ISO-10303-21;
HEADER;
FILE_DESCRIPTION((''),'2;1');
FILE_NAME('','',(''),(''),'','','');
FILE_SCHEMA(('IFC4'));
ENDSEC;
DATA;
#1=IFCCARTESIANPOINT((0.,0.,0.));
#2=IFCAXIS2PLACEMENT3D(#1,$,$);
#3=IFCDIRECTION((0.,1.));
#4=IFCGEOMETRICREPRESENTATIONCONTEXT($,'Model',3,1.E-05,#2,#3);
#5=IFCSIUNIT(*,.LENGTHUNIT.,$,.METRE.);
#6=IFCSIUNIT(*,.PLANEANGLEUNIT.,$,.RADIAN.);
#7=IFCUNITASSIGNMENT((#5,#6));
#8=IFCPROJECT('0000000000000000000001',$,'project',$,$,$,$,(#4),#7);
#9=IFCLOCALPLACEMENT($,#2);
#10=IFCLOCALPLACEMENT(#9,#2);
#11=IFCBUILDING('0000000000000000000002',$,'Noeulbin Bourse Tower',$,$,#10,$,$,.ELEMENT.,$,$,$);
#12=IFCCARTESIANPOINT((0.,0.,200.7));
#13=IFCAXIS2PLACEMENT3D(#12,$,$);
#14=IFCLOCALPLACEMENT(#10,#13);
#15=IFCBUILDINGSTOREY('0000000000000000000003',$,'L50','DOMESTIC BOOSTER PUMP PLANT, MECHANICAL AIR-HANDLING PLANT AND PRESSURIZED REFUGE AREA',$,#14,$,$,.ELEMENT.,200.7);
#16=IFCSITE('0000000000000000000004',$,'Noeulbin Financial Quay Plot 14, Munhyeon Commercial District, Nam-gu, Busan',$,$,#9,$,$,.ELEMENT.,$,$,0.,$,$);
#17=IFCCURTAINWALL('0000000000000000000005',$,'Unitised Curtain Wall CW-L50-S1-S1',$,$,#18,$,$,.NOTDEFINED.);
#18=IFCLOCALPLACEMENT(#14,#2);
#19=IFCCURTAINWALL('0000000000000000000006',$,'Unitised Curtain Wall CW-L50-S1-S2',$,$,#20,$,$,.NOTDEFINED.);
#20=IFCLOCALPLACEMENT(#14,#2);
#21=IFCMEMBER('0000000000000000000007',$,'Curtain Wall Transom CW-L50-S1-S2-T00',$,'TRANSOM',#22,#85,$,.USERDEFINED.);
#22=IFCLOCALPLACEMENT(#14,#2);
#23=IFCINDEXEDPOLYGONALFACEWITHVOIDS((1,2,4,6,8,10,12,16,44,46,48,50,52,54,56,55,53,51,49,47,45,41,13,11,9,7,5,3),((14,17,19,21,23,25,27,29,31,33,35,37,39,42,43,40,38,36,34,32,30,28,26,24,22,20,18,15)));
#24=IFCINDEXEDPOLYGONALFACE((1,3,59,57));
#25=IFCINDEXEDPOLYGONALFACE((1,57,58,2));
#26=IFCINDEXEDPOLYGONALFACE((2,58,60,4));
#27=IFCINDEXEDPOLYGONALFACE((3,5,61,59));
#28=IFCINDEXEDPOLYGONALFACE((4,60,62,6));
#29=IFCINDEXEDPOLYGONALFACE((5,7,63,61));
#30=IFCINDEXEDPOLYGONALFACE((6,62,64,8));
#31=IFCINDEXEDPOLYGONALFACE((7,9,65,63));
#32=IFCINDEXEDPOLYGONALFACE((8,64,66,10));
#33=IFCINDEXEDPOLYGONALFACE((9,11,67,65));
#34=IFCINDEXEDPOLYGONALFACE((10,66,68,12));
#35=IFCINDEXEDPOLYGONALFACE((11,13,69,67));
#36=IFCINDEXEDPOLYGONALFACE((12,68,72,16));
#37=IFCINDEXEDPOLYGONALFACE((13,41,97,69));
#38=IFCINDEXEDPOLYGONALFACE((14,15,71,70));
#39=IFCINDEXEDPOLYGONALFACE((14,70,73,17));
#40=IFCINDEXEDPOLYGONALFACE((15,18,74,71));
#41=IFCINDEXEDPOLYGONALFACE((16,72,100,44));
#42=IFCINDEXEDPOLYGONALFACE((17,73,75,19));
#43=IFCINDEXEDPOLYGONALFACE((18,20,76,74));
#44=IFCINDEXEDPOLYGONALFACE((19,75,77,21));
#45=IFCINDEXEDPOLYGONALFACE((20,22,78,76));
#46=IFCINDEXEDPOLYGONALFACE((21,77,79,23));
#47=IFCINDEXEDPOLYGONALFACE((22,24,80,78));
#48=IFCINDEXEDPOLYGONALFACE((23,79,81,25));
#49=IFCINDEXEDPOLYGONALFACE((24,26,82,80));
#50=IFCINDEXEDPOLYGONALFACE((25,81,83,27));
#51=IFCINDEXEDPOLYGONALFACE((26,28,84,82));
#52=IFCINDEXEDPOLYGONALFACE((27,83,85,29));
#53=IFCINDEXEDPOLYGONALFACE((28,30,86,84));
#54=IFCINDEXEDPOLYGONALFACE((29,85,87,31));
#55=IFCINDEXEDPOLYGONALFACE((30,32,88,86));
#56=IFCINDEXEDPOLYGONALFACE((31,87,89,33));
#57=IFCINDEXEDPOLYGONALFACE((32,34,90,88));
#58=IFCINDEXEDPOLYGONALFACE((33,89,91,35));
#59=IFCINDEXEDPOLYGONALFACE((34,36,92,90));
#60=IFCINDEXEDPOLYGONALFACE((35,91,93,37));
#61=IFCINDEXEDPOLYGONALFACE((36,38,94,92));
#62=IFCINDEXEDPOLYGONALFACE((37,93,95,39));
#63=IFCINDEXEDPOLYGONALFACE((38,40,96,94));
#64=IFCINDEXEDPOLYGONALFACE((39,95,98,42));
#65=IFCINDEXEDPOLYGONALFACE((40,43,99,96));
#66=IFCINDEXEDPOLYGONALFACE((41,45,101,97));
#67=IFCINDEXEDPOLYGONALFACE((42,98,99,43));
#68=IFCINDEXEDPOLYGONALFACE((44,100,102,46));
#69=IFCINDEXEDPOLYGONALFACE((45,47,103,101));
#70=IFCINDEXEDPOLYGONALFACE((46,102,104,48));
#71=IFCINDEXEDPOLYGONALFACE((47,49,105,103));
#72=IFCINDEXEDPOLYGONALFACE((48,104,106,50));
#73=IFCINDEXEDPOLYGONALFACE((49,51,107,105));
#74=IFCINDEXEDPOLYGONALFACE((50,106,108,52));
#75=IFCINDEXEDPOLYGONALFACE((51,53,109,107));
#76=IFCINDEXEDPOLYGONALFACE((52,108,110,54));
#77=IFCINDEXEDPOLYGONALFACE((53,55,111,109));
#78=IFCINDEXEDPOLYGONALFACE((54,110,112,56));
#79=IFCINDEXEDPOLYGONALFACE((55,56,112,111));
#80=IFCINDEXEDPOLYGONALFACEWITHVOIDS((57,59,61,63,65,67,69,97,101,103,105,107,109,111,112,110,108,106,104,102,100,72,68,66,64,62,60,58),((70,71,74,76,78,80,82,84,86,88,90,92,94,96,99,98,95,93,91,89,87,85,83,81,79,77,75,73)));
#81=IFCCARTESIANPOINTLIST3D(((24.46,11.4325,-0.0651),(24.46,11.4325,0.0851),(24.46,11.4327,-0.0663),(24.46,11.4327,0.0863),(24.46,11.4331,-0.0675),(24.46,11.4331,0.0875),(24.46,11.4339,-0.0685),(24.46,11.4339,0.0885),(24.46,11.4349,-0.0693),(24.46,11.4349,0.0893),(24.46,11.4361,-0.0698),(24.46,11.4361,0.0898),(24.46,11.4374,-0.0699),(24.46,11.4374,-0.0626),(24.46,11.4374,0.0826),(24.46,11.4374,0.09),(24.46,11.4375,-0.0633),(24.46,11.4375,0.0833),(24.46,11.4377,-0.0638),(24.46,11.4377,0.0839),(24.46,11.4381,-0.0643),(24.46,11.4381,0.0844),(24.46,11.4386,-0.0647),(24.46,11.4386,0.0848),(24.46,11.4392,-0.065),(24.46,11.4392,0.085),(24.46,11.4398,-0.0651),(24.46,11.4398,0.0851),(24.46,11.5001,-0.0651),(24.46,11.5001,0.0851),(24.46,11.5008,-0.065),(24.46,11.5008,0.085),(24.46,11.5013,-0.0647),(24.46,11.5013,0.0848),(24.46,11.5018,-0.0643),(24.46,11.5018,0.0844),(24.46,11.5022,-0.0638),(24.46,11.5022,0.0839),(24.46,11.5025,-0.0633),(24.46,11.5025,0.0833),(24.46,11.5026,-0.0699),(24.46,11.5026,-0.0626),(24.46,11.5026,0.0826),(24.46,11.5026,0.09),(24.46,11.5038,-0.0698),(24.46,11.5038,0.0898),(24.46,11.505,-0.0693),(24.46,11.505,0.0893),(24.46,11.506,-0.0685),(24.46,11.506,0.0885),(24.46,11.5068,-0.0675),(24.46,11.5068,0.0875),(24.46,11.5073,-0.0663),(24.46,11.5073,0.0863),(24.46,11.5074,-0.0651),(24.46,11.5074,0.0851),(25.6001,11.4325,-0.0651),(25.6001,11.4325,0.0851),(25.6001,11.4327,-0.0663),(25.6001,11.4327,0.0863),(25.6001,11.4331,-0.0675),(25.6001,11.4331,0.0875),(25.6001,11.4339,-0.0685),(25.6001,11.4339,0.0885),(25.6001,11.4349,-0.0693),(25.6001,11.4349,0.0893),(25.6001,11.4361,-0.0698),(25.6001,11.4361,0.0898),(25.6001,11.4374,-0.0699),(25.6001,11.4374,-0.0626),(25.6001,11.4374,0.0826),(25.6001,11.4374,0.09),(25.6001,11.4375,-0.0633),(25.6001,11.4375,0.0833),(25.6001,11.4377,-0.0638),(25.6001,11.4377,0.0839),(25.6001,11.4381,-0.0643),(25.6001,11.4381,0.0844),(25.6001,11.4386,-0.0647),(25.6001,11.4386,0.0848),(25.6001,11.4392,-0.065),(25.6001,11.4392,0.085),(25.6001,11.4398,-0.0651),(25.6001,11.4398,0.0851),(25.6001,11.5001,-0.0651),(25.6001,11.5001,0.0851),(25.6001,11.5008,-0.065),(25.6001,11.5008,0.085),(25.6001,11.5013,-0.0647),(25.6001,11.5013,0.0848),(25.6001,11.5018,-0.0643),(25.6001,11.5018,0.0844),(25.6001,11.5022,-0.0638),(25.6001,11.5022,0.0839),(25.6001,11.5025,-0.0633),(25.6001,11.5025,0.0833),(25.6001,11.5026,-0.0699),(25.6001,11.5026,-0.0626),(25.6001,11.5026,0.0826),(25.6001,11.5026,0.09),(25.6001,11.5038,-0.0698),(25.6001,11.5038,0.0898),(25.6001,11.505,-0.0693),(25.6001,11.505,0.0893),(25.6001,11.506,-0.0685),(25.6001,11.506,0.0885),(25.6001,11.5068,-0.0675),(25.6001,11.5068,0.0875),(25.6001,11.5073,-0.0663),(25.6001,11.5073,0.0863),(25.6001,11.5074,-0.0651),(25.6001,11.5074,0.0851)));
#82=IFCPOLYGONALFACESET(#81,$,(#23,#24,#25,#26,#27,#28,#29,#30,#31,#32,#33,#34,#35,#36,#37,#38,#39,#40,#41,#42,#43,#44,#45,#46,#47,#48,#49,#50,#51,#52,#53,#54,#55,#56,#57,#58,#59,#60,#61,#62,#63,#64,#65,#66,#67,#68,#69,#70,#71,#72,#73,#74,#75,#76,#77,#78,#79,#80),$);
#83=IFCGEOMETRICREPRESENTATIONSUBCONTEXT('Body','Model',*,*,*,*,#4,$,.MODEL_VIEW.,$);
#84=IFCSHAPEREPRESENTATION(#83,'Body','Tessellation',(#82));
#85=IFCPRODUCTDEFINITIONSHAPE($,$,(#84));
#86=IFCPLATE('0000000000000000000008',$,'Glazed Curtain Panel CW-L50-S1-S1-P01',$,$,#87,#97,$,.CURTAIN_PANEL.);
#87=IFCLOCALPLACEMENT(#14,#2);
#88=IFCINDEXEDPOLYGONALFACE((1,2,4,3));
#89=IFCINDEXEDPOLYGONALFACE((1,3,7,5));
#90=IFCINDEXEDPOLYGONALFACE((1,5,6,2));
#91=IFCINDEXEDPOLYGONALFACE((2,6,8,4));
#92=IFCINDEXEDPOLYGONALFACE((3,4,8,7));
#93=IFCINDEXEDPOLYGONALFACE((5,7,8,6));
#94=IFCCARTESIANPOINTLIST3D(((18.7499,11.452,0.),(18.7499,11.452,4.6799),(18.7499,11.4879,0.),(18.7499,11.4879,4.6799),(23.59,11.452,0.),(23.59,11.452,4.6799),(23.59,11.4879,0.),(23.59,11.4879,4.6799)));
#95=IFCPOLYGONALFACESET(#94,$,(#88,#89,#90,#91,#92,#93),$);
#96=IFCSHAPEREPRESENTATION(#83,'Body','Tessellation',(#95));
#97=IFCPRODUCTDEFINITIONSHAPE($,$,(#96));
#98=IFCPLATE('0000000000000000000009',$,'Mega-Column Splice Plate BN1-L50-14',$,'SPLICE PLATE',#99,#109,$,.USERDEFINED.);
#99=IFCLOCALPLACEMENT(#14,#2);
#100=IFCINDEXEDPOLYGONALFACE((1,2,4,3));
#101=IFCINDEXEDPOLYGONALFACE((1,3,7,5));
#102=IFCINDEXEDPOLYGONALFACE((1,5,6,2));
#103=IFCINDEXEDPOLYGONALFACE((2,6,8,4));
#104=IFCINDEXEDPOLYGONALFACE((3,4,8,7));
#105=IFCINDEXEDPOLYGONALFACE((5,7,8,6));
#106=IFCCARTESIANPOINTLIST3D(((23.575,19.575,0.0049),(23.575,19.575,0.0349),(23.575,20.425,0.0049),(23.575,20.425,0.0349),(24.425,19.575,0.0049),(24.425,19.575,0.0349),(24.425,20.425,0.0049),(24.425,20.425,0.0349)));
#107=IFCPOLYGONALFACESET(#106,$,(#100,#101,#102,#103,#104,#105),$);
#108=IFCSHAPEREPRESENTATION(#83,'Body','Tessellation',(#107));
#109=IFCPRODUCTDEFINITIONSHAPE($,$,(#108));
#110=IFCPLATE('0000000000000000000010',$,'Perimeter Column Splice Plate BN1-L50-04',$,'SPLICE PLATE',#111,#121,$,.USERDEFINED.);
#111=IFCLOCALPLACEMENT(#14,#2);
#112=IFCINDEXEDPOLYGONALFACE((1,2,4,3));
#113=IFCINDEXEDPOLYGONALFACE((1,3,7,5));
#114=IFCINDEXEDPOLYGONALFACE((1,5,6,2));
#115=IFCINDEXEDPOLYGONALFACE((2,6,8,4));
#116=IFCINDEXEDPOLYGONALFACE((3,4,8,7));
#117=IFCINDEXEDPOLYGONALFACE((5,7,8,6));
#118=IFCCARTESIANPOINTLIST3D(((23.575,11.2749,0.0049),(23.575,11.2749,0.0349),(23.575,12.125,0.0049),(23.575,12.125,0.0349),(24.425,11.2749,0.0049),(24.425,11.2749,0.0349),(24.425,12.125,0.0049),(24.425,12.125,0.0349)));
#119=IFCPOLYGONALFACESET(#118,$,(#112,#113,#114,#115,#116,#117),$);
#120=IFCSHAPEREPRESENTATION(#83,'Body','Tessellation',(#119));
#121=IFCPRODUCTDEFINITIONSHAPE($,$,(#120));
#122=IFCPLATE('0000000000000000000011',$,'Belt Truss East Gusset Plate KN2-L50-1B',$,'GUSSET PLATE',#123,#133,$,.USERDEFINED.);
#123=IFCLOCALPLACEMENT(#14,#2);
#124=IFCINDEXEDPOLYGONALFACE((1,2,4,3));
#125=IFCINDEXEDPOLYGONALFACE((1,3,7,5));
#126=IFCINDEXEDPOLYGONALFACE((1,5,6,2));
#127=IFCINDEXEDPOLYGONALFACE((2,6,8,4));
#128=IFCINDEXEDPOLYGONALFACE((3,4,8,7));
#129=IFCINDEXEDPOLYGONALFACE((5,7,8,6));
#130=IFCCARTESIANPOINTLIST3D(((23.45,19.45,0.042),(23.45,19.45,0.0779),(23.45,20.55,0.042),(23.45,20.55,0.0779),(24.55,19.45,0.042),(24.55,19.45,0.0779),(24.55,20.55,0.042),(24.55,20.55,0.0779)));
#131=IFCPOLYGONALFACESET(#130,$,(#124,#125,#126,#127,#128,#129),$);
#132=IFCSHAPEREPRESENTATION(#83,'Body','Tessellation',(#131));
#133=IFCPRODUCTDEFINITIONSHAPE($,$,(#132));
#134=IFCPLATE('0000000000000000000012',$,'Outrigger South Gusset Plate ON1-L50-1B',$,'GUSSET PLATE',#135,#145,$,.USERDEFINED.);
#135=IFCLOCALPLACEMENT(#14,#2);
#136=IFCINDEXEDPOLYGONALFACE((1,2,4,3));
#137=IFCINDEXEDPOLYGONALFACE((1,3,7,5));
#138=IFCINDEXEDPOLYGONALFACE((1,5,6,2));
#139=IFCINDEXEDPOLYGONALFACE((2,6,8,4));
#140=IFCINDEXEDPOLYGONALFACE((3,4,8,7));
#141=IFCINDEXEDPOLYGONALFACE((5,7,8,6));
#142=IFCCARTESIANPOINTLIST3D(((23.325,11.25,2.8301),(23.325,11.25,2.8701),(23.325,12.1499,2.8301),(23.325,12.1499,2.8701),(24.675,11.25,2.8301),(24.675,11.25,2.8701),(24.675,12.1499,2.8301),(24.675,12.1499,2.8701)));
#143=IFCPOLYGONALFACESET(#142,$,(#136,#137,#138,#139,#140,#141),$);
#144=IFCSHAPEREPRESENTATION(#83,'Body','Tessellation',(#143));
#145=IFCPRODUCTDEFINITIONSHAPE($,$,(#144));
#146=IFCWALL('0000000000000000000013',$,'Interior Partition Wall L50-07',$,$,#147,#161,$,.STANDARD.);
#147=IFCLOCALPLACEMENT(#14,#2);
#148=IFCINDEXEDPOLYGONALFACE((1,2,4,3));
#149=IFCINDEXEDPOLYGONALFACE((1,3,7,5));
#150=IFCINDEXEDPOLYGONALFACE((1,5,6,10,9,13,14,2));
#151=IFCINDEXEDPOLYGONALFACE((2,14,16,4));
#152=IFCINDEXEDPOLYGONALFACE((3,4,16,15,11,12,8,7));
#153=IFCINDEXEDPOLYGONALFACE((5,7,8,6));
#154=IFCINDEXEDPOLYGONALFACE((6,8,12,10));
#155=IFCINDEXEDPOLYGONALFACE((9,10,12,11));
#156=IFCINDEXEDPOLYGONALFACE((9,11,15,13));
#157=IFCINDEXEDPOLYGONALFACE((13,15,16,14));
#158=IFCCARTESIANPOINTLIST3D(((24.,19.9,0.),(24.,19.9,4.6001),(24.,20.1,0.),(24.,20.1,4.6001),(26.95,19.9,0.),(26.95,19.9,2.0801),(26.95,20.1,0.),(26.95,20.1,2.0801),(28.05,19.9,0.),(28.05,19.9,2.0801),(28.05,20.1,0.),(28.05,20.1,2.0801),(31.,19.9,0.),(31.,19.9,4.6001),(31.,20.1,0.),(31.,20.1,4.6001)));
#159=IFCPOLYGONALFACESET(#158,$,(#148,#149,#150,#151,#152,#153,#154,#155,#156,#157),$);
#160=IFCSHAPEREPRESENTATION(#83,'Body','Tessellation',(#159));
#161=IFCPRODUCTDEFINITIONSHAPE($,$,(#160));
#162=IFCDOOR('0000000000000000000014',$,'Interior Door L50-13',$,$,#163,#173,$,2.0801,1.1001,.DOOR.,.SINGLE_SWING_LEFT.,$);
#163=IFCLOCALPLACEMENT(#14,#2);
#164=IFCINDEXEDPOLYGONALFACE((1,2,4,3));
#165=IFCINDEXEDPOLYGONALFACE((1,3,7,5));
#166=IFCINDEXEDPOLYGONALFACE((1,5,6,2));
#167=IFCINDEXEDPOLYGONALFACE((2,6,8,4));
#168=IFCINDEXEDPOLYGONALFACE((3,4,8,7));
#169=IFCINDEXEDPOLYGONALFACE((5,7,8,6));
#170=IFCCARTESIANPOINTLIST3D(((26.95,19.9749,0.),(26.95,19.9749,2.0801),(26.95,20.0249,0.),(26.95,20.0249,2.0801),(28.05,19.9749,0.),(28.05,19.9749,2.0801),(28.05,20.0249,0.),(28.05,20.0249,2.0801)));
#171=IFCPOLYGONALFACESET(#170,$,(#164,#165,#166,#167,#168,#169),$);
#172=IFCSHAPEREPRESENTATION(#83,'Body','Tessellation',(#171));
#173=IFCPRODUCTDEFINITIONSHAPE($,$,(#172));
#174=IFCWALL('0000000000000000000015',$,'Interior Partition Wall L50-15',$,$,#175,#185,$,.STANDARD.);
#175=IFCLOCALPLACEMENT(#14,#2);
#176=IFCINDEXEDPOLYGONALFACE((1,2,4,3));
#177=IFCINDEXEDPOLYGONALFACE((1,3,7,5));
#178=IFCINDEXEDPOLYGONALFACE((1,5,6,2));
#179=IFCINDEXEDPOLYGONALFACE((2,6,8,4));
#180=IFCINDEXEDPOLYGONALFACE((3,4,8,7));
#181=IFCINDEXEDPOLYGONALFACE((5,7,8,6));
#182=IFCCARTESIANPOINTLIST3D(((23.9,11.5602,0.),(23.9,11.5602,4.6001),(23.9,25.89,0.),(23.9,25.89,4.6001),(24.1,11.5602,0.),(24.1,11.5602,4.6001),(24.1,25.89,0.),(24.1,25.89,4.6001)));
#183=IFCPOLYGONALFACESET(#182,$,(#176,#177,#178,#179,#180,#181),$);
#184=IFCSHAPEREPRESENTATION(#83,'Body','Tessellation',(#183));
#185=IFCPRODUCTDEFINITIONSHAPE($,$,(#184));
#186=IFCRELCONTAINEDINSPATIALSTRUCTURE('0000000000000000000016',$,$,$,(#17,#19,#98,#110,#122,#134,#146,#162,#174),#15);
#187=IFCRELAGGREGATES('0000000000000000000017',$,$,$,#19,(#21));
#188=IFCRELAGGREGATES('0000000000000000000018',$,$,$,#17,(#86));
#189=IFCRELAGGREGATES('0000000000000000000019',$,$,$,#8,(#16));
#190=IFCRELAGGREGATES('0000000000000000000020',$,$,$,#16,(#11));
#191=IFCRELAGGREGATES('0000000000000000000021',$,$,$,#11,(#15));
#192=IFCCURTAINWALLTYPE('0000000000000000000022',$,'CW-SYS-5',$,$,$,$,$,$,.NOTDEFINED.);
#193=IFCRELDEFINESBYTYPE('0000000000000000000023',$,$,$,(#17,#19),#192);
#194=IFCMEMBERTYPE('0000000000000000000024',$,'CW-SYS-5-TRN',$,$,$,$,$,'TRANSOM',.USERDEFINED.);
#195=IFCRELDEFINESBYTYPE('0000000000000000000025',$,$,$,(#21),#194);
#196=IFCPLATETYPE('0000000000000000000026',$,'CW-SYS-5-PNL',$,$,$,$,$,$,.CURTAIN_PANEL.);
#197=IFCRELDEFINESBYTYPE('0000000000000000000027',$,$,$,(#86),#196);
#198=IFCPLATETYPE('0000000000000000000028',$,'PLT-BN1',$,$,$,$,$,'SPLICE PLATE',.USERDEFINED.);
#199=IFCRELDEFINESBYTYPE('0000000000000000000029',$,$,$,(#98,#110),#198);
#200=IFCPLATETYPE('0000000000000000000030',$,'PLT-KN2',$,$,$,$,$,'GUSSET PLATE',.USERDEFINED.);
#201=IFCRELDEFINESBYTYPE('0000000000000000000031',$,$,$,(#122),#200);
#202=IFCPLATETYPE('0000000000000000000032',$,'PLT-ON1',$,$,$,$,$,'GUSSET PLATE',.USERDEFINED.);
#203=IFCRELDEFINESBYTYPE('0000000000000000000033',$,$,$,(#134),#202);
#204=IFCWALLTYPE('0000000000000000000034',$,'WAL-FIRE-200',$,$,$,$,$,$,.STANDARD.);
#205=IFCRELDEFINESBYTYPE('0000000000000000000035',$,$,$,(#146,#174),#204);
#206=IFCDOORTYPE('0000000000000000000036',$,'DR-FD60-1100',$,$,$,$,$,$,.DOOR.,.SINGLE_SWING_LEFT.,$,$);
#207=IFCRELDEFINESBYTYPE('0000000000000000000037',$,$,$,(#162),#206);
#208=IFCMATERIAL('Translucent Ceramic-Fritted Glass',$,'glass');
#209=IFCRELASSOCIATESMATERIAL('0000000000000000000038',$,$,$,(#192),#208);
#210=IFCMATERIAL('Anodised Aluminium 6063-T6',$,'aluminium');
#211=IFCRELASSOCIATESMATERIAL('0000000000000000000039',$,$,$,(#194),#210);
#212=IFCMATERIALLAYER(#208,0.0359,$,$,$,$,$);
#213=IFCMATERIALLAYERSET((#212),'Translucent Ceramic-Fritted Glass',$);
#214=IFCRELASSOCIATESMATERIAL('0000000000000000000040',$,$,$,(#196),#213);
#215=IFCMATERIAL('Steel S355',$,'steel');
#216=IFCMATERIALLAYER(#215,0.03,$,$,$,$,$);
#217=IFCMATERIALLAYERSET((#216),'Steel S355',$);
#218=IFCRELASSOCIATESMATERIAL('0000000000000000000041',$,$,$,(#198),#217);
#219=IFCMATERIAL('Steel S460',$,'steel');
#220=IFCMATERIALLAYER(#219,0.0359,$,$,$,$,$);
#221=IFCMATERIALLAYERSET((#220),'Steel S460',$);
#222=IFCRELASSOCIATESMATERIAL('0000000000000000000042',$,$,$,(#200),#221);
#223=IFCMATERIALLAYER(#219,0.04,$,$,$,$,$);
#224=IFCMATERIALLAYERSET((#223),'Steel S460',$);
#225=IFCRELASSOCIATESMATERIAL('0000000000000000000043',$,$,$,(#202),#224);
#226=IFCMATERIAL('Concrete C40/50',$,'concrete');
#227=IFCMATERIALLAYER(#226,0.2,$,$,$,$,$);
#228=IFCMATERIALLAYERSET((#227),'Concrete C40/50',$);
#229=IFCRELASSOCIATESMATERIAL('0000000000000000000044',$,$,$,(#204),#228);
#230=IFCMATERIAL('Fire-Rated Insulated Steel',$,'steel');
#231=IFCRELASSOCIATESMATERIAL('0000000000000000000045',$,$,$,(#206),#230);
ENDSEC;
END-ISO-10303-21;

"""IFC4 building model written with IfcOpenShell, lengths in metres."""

from ifc_helpers import new_model, si_unit, direction, frame, frame_2d, origin, origin_2d, place, context, subcontext, project, spatial, rectangle, hollow_rectangle, extrude, material, layer, layer_set, material_profile, profile_set, type_object, element, fill, aggregate, save


model = new_model("IFC4")

# Units and contexts
model_context = context("Model", 3, precision=1e-05, world=origin(), true_north=direction((0.0, 1.0)))
body_context = subcontext(model_context, "Body", "Model", "MODEL_VIEW")
ifc_project = project(units=[si_unit("LENGTHUNIT", "METRE"), si_unit("PLANEANGLEUNIT", "RADIAN")], contexts=[model_context])

# Site, building, storey
site_placement = place(None, origin())
site = spatial("IfcSite", under=ifc_project, at=site_placement, Name="Noeulbin Financial Quay Plot 14, Munhyeon Commercial District, Nam-gu, Busan", CompositionType="ELEMENT", RefElevation=0.0)
building_placement = place(site_placement, origin())
building = spatial("IfcBuilding", under=site, at=building_placement, Name="Noeulbin Bourse Tower", CompositionType="ELEMENT")
storey_placement = place(building_placement, frame((0.0, 0.0, 200.7)))
storey = spatial("IfcBuildingStorey", under=building, at=storey_placement, Name="L50", Description="DOMESTIC BOOSTER PUMP PLANT, MECHANICAL AIR-HANDLING PLANT AND PRESSURIZED REFUGE AREA", CompositionType="ELEMENT", Elevation=200.7)

# Shared definitions
ifc_material_1 = material(Name="Steel S355", Category="steel")
ifc_material_2 = material(Name="Steel S460", Category="steel")

# Curtain wall
ifc_material_3 = material(Name="Translucent Ceramic-Fritted Glass", Category="glass")
curtain_wall_type = type_object("IfcCurtainWallType", Name="CW-SYS-5", PredefinedType="NOTDEFINED", material=ifc_material_3)
curtain_wall_1_placement = place(storey_placement, origin())
curtain_wall_1 = element("IfcCurtainWall", 1, at=curtain_wall_1_placement, inside=storey, type_object=curtain_wall_type, Name="Unitised Curtain Wall CW-L50-S1-S1", PredefinedType="NOTDEFINED")
ifc_material_4 = material(Name="Anodised Aluminium 6063-T6", Category="aluminium")

# Curtain wall, member
curtain_wall_2_placement = place(storey_placement, origin())
curtain_wall_2 = element("IfcCurtainWall", 2, at=curtain_wall_2_placement, inside=storey, type_object=curtain_wall_type, Name="Unitised Curtain Wall CW-L50-S1-S2", PredefinedType="NOTDEFINED")
ifc_material_profile_1 = material_profile(ifc_material_4, hollow_rectangle(XDim=0.075, YDim=0.1599, WallThickness=0.0049, InnerFilletRadius=0.0024, OuterFilletRadius=0.0049, at=origin_2d()), Name="ALU-TRAN-75x160x5", Category="LoadBearing")
ifc_profile_set_1 = profile_set([ifc_material_profile_1], Name="Anodised Aluminium 6063-T6")
member_type_1 = type_object("IfcMemberType", Name="CW-SYS-5-TRN", ElementType="TRANSOM", PredefinedType="USERDEFINED", material=ifc_profile_set_1)
member_1_placement = place(storey_placement, frame((24.46, 11.47, 0.01), z_axis=(1.0, 0.0, 0.0), x_axis=(0.0, 1.0, 0.0)))
member_1 = element("IfcMember", 3, at=member_1_placement, type_object=member_type_1, Name="Curtain Wall Transom CW-L50-S1-S2-T00", ObjectType="TRANSOM", PredefinedType="USERDEFINED", context=body_context, shape_type="SweptSolid", body=[
    extrude(hollow_rectangle(XDim=0.075, YDim=0.1599, WallThickness=0.0049, InnerFilletRadius=0.0024, OuterFilletRadius=0.0049, at=origin_2d()), origin(), (0.0, 0.0, 1.0), 1.1401),
])
aggregate(curtain_wall_2, [member_1])

# Plate
ifc_layer_1 = layer(ifc_material_3, 0.0359)
ifc_layer_set_1 = layer_set([ifc_layer_1], Name="Translucent Ceramic-Fritted Glass")
plate_type_1 = type_object("IfcPlateType", Name="CW-SYS-5-PNL", PredefinedType="CURTAIN_PANEL", material=ifc_layer_set_1)
plate_1_placement = place(storey_placement, frame((21.1699, 11.47, 0.0), z_axis=(0.0, 0.0, 1.0), x_axis=(1.0, 0.0, 0.0)))
plate_1 = element("IfcPlate", 4, at=plate_1_placement, type_object=plate_type_1, Name="Glazed Curtain Panel CW-L50-S1-S1-P01", PredefinedType="CURTAIN_PANEL", context=body_context, shape_type="SweptSolid", body=[
    extrude(rectangle(XDim=4.8401, YDim=0.0359, at=origin_2d()), origin(), (0.0, 0.0, 1.0), 4.6799),
])
aggregate(curtain_wall_1, [plate_1])

# Plates
ifc_layer_2 = layer(ifc_material_1, 0.03)
ifc_layer_set_2 = layer_set([ifc_layer_2], Name="Steel S355")
plate_type_2 = type_object("IfcPlateType", Name="PLT-BN1", ElementType="SPLICE PLATE", PredefinedType="USERDEFINED", material=ifc_layer_set_2)
for number, where, z_axis, x_axis, name in (
    (5, (24.0, 20.0, 0.0049), (0.0, 0.0, 1.0), (1.0, 0.0, 0.0), "Mega-Column Splice Plate BN1-L50-14"),
    (6, (24.0, 11.7, 0.0049), (0.0, 0.0, 1.0), (1.0, 0.0, 0.0), "Perimeter Column Splice Plate BN1-L50-04"),
):
    element("IfcPlate", number, at=place(storey_placement, frame(where, z_axis=z_axis, x_axis=x_axis)), inside=storey, type_object=plate_type_2, Name=name, ObjectType="SPLICE PLATE", PredefinedType="USERDEFINED", context=body_context, shape_type="SweptSolid", body=[
        extrude(rectangle(XDim=0.8501, YDim=0.8501, at=origin_2d()), origin(), (0.0, 0.0, 1.0), 0.03),
    ])
ifc_layer_3 = layer(ifc_material_2, 0.0359)
ifc_layer_set_3 = layer_set([ifc_layer_3], Name="Steel S460")
plate_type_3 = type_object("IfcPlateType", Name="PLT-KN2", ElementType="GUSSET PLATE", PredefinedType="USERDEFINED", material=ifc_layer_set_3)
plate_2_placement = place(storey_placement, frame((24.0, 20.0, 0.042), z_axis=(0.0, 0.0, 1.0), x_axis=(1.0, 0.0, 0.0)))
element("IfcPlate", 7, at=plate_2_placement, inside=storey, type_object=plate_type_3, Name="Belt Truss East Gusset Plate KN2-L50-1B", ObjectType="GUSSET PLATE", PredefinedType="USERDEFINED", context=body_context, shape_type="SweptSolid", body=[
    extrude(rectangle(XDim=1.1001, YDim=1.1001, at=origin_2d()), origin(), (0.0, 0.0, 1.0), 0.0359),
])
ifc_layer_4 = layer(ifc_material_2, 0.04)
ifc_layer_set_4 = layer_set([ifc_layer_4], Name="Steel S460")
plate_type_4 = type_object("IfcPlateType", Name="PLT-ON1", ElementType="GUSSET PLATE", PredefinedType="USERDEFINED", material=ifc_layer_set_4)
plate_3_placement = place(storey_placement, frame((24.0, 11.7, 2.8301), z_axis=(0.0, 0.0, 1.0), x_axis=(1.0, 0.0, 0.0)))
element("IfcPlate", 8, at=plate_3_placement, inside=storey, type_object=plate_type_4, Name="Outrigger South Gusset Plate ON1-L50-1B", ObjectType="GUSSET PLATE", PredefinedType="USERDEFINED", context=body_context, shape_type="SweptSolid", body=[
    extrude(rectangle(XDim=1.3501, YDim=0.8999, at=origin_2d()), origin(), (0.0, 0.0, 1.0), 0.04),
])

# Wall, opening, door
ifc_material_5 = material(Name="Concrete C40/50", Category="concrete")
ifc_layer_5 = layer(ifc_material_5, 0.2)
ifc_layer_set_5 = layer_set([ifc_layer_5], Name="Concrete C40/50")
wall_type = type_object("IfcWallType", Name="WAL-FIRE-200", PredefinedType="STANDARD", material=ifc_layer_set_5)
wall_1_placement = place(storey_placement, frame((24.0, 20.0, 0.0), z_axis=(0.0, 0.0, 1.0), x_axis=(1.0, 0.0, 0.0)))
wall_1 = element("IfcWall", 9, at=wall_1_placement, inside=storey, type_object=wall_type, Name="Interior Partition Wall L50-07", PredefinedType="STANDARD", context=body_context, shape_type="SweptSolid", body=[
    extrude(rectangle(XDim=7.0, YDim=0.2, at=frame_2d((3.5, 0.0))), origin(), (0.0, 0.0, 1.0), 4.6001),
])
opening_placement = place(wall_1_placement, frame((2.95, 0.0, 0.0)))
opening = element("IfcOpeningElement", 10, at=opening_placement, cuts=wall_1, PredefinedType="OPENING", context=body_context, shape_type="SweptSolid", body=[
    extrude(rectangle(XDim=1.1001, YDim=2.0801, at=frame_2d((0.55, 1.04))), frame((0.0, 0.1099, 0.0), z_axis=(0.0, -1.0, 0.0), x_axis=(1.0, 0.0, 0.0)), (0.0, 0.0, 1.0), 0.22),
])
ifc_material_6 = material(Name="Fire-Rated Insulated Steel", Category="steel")
door_type = type_object("IfcDoorType", Name="DR-FD60-1100", OperationType="SINGLE_SWING_LEFT", PredefinedType="DOOR", material=ifc_material_6)
door_placement = place(opening_placement, origin())
door = element("IfcDoor", 11, at=door_placement, inside=storey, type_object=door_type, Name="Interior Door L50-13", OperationType="SINGLE_SWING_LEFT", OverallHeight=2.0801, OverallWidth=1.1001, PredefinedType="DOOR", context=body_context, shape_type="SweptSolid", body=[
    extrude(rectangle(XDim=1.1001, YDim=2.0801, at=frame_2d((0.55, 1.04))), frame((0.0, 0.0249, 0.0), z_axis=(0.0, -1.0, 0.0), x_axis=(1.0, 0.0, 0.0)), (0.0, 0.0, 1.0), 0.05),
])
fill(opening, door)

# Wall
wall_2_placement = place(storey_placement, frame((24.0, 11.5601, 0.0), z_axis=(0.0, 0.0, 1.0), x_axis=(0.0, 1.0, 0.0)))
element("IfcWall", 12, at=wall_2_placement, inside=storey, type_object=wall_type, Name="Interior Partition Wall L50-15", PredefinedType="STANDARD", context=body_context, shape_type="SweptSolid", body=[
    extrude(rectangle(XDim=14.3298, YDim=0.2, at=frame_2d((7.165, 0.0))), origin(), (0.0, 0.0, 1.0), 4.6001),
])

save(model, "model.ifc")
